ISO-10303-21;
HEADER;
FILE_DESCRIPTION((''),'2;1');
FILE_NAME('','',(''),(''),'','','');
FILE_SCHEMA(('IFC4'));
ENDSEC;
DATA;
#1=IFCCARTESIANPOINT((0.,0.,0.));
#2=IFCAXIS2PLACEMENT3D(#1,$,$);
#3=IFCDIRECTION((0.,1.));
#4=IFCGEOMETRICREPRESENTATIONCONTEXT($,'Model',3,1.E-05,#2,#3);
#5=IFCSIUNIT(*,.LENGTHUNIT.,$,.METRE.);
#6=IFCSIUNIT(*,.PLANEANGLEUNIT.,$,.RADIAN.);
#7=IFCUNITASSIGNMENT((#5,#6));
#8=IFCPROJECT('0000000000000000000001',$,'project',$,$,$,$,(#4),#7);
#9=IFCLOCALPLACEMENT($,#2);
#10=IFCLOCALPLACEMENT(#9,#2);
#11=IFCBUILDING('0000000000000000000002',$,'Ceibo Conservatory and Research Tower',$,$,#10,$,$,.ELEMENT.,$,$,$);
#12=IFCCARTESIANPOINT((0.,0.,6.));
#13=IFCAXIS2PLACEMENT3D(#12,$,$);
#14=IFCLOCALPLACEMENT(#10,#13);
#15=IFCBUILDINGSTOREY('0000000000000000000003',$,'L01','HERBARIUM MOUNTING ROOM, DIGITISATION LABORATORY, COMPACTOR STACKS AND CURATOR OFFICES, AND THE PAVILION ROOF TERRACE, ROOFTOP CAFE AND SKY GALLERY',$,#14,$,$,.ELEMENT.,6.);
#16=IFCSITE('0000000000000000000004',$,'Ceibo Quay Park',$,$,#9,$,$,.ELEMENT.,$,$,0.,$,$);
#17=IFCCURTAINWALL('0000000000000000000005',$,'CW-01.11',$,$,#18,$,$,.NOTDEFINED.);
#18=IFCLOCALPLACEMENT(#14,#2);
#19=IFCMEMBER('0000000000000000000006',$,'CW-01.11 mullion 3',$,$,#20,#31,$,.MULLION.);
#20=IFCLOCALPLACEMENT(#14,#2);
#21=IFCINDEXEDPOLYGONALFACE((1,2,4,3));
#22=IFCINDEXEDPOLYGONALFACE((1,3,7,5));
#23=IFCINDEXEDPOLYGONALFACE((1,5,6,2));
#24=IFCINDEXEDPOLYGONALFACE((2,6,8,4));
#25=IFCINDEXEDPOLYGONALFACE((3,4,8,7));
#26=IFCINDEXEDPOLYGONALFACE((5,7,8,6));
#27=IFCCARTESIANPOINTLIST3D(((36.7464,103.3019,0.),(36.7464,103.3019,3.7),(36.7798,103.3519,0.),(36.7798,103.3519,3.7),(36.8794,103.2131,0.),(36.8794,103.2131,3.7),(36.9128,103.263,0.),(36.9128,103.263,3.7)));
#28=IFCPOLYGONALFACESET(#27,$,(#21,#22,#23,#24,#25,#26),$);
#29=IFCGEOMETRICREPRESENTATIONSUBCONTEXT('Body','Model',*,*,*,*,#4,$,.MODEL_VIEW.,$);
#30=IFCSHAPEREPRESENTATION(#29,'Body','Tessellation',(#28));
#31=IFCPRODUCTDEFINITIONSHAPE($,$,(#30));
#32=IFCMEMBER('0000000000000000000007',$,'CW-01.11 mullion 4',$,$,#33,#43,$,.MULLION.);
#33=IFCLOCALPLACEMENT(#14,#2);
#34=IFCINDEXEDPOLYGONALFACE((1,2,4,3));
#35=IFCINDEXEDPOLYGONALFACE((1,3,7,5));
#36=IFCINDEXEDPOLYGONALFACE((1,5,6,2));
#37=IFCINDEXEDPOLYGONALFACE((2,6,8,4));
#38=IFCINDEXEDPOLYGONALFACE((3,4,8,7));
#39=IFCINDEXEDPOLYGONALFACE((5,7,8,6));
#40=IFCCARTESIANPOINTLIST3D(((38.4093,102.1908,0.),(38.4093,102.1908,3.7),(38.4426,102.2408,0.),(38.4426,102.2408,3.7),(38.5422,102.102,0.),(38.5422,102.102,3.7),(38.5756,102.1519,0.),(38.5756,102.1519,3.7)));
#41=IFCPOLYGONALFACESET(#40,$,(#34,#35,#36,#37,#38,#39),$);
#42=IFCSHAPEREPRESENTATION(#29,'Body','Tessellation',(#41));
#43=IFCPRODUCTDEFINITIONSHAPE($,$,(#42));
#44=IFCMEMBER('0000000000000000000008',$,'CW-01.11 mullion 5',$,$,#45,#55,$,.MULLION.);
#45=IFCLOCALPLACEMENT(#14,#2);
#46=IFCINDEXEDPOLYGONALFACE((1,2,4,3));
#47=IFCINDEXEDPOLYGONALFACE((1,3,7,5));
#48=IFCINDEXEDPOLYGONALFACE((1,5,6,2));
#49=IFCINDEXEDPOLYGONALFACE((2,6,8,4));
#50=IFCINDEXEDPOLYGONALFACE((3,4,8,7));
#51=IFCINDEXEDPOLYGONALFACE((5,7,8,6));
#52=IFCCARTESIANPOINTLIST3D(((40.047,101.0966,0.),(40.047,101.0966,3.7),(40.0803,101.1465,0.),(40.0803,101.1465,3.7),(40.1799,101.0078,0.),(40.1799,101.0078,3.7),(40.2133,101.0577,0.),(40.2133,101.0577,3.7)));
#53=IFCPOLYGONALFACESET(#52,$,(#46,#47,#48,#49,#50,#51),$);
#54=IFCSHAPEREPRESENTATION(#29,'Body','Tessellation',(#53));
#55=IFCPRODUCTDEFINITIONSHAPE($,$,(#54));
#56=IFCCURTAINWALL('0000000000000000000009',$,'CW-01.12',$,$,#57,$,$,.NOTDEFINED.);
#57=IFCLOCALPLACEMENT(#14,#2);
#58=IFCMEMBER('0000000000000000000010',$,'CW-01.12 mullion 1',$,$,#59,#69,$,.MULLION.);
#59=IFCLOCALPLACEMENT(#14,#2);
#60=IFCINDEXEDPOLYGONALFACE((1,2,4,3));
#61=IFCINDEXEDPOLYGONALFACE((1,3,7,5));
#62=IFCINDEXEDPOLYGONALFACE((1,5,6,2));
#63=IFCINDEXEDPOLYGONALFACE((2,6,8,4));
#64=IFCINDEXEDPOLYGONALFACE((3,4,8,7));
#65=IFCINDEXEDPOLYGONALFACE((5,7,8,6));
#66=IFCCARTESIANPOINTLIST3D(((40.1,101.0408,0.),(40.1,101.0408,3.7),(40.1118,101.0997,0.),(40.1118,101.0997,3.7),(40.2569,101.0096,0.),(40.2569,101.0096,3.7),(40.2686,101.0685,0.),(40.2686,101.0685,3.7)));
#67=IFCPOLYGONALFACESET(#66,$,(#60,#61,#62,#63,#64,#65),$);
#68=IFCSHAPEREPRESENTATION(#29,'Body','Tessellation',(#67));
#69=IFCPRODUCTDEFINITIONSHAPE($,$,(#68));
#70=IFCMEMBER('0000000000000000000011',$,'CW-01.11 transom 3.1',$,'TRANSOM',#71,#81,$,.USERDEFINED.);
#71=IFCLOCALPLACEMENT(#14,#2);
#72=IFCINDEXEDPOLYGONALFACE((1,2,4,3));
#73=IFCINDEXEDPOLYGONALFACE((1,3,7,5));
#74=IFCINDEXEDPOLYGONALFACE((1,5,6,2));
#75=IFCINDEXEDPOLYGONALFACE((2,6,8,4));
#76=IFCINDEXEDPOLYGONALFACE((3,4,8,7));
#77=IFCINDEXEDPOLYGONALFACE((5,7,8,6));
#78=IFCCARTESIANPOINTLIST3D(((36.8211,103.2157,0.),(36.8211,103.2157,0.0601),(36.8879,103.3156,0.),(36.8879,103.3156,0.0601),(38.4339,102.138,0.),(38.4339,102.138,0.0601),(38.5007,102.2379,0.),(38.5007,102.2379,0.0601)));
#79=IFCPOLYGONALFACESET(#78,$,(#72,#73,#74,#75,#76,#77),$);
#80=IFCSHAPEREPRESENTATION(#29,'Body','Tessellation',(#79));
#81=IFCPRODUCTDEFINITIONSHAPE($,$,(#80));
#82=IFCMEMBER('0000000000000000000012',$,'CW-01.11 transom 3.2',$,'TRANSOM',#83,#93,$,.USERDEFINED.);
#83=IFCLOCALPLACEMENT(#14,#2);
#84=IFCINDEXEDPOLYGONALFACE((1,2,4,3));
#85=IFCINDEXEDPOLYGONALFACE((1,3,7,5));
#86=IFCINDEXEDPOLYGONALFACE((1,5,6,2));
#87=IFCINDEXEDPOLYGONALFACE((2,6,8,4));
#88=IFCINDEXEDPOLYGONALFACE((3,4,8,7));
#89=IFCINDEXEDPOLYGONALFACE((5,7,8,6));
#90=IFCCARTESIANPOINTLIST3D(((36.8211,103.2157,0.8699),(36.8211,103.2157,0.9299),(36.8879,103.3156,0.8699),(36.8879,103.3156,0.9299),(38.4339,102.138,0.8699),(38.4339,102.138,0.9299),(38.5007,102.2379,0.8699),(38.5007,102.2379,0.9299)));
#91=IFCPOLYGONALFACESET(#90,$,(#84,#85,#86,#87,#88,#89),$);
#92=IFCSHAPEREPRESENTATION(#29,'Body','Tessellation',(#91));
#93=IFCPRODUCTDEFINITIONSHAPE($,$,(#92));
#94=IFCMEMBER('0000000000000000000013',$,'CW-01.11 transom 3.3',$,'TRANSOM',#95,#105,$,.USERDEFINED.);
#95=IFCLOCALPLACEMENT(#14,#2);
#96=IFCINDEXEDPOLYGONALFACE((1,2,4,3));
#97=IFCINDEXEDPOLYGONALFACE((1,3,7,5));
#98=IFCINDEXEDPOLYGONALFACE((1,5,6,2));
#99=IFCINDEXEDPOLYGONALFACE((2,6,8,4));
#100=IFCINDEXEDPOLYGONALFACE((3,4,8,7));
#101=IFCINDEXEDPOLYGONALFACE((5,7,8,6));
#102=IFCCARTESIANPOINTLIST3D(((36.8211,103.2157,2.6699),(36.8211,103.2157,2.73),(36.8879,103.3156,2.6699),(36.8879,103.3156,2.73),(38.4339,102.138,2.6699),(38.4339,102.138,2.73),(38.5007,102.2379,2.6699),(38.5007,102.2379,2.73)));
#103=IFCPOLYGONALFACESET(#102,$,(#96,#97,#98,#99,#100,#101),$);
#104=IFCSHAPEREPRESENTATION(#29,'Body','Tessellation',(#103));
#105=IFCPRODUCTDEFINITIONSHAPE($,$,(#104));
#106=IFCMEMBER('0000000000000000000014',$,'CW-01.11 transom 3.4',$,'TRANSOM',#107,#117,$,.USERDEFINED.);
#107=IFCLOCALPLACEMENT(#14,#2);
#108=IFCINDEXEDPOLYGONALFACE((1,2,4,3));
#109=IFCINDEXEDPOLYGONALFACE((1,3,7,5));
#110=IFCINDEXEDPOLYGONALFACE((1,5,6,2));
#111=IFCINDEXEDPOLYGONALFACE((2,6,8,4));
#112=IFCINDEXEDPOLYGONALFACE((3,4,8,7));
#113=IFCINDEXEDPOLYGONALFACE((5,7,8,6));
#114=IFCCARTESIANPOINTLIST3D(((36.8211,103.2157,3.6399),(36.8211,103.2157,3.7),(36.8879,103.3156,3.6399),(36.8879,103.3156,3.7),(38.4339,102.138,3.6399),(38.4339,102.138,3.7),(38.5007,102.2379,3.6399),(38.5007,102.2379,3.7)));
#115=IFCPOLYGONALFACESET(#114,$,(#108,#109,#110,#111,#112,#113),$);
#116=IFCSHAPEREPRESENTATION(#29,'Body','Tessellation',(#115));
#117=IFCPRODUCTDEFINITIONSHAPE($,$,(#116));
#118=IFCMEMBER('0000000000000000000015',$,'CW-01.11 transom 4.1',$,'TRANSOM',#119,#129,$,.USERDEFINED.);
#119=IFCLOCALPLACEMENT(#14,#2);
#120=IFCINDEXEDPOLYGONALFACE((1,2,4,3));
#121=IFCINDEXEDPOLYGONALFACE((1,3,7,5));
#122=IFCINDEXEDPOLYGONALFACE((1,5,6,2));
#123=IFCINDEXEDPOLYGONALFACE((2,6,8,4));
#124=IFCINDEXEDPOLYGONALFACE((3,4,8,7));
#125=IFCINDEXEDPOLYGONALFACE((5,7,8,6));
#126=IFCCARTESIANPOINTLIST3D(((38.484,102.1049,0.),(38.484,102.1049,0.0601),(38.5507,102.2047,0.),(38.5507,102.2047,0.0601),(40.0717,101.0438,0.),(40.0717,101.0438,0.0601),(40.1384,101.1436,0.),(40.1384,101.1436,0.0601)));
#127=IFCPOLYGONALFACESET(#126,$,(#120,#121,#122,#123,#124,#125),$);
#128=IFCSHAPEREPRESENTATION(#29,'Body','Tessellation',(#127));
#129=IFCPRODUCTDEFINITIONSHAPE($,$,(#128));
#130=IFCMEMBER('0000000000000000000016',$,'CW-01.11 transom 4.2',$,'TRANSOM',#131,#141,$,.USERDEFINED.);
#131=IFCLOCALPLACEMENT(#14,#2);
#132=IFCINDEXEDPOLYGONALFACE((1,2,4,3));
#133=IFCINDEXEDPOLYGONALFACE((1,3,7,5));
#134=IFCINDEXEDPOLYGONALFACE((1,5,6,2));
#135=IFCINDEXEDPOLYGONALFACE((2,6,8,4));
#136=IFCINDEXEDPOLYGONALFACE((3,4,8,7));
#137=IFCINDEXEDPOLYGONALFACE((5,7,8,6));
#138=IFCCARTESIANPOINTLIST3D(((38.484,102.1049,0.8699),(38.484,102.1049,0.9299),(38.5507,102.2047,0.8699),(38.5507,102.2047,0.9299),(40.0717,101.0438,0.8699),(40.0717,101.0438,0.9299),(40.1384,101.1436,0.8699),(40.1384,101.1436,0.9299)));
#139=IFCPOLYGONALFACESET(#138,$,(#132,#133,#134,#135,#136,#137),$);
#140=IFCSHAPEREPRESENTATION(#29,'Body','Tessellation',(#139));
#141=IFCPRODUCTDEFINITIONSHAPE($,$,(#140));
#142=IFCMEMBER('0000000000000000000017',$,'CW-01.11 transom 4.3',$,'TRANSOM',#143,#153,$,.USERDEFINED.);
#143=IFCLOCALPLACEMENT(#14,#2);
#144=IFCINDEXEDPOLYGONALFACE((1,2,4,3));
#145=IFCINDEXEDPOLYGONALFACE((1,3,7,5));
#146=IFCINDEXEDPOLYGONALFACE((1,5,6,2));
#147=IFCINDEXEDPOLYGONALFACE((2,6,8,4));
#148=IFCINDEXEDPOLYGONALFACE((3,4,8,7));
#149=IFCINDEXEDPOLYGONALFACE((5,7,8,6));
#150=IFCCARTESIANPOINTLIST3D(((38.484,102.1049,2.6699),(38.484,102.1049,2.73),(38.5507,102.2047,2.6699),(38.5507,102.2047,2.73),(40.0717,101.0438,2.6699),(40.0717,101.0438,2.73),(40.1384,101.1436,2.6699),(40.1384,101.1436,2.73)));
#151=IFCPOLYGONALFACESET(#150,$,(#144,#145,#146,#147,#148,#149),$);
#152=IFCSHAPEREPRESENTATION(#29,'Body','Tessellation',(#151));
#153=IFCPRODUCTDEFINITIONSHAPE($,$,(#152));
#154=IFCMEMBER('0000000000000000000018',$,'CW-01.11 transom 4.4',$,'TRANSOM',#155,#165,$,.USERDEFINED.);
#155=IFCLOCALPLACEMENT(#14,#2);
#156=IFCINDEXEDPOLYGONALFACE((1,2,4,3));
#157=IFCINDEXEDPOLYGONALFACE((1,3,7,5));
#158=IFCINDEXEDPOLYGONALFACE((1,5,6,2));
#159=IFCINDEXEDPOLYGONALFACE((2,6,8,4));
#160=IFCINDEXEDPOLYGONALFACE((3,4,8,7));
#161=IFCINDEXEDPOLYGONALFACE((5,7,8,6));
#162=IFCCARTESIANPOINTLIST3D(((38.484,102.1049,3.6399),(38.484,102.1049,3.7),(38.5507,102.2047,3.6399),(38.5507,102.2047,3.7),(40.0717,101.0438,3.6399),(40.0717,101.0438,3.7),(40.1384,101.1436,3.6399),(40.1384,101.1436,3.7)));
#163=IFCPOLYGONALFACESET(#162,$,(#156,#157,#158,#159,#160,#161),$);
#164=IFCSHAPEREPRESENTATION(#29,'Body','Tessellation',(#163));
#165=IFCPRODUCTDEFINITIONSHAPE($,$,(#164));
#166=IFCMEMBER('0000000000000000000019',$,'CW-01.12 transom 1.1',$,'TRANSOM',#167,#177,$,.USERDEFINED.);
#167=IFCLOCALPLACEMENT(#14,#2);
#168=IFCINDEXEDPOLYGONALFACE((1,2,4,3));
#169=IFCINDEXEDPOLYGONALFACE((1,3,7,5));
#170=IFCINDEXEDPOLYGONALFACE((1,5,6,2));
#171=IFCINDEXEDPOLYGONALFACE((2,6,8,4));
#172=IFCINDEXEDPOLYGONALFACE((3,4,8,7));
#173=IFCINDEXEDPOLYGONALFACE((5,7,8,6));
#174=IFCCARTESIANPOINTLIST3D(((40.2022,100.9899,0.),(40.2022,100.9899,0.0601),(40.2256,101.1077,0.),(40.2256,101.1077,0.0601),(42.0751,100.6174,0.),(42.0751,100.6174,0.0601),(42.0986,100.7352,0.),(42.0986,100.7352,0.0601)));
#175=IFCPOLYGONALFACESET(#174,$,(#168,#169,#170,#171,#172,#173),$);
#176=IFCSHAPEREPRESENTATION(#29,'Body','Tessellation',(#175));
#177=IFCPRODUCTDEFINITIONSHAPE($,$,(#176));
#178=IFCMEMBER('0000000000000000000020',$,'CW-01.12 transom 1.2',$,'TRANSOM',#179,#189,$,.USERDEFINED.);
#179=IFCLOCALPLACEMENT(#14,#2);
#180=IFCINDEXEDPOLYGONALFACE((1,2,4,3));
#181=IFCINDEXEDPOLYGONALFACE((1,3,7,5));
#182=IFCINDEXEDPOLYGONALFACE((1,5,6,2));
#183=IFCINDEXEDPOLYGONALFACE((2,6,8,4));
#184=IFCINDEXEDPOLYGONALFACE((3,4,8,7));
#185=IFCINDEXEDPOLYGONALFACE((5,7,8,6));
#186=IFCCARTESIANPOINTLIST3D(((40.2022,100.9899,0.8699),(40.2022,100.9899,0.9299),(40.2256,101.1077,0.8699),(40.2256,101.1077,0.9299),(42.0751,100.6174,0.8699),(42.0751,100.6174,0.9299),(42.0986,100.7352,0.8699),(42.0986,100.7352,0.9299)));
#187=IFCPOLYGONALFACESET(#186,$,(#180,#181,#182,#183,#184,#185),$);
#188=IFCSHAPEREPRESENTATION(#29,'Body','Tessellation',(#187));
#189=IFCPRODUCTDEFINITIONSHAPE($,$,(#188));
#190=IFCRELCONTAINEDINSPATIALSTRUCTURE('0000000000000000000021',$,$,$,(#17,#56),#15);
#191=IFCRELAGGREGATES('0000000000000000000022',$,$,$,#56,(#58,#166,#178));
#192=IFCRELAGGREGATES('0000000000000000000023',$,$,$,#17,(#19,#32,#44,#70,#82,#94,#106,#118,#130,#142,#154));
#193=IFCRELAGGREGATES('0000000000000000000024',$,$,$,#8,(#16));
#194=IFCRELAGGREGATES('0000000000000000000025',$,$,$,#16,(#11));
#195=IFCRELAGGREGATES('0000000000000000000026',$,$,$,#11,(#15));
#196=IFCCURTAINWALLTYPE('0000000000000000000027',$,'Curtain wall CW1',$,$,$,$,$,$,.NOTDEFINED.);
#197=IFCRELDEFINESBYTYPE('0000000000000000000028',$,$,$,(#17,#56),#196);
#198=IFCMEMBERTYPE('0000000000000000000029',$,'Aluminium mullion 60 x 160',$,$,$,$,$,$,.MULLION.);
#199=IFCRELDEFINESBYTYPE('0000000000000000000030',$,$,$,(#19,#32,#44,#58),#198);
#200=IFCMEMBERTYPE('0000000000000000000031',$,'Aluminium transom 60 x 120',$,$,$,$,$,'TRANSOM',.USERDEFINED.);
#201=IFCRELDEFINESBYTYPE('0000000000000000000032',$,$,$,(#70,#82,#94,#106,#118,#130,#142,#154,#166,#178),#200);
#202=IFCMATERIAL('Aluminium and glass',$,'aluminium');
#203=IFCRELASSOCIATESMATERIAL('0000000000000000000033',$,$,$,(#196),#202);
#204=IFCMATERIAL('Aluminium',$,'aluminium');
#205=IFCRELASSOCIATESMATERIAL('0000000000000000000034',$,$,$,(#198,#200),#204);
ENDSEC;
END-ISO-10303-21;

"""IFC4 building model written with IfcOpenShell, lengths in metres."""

from ifc_helpers import new_model, si_unit, direction, frame, origin, origin_2d, place, context, subcontext, project, spatial, rectangle, extrude, material, material_profile, profile_set, type_object, element, aggregate, save


model = new_model("IFC4")

# Units and contexts
model_context = context("Model", 3, precision=1e-05, world=origin(), true_north=direction((0.0, 1.0)))
body_context = subcontext(model_context, "Body", "Model", "MODEL_VIEW")
ifc_project = project(units=[si_unit("LENGTHUNIT", "METRE"), si_unit("PLANEANGLEUNIT", "RADIAN")], contexts=[model_context])

# Site, building, storey
site_placement = place(None, origin())
site = spatial("IfcSite", under=ifc_project, at=site_placement, Name="Ceibo Quay Park", CompositionType="ELEMENT", RefElevation=0.0)
building_placement = place(site_placement, origin())
building = spatial("IfcBuilding", under=site, at=building_placement, Name="Ceibo Conservatory and Research Tower", CompositionType="ELEMENT")
storey_placement = place(building_placement, frame((0.0, 0.0, 6.0)))
storey = spatial("IfcBuildingStorey", under=building, at=storey_placement, Name="L01", Description="HERBARIUM MOUNTING ROOM, DIGITISATION LABORATORY, COMPACTOR STACKS AND CURATOR OFFICES, AND THE PAVILION ROOF TERRACE, ROOFTOP CAFE AND SKY GALLERY", CompositionType="ELEMENT", Elevation=6.0)

# Curtain wall, members
ifc_material_1 = material(Name="Aluminium and glass", Category="aluminium")
curtain_wall_type = type_object("IfcCurtainWallType", Name="Curtain wall CW1", PredefinedType="NOTDEFINED", material=ifc_material_1)
curtain_wall_1_placement = place(storey_placement, origin())
curtain_wall_1 = element("IfcCurtainWall", 1, at=curtain_wall_1_placement, inside=storey, type_object=curtain_wall_type, Name="CW-01.11", PredefinedType="NOTDEFINED")
ifc_material_2 = material(Name="Aluminium", Category="aluminium")
ifc_material_profile_1 = material_profile(ifc_material_2, rectangle(XDim=0.0601, YDim=0.1599, at=origin_2d()), Name="Aluminium 60 x 160")
ifc_profile_set_1 = profile_set([ifc_material_profile_1], Name="Aluminium")
member_type_1 = type_object("IfcMemberType", Name="Aluminium mullion 60 x 160", PredefinedType="MULLION", material=ifc_profile_set_1)
member_1_placement = place(storey_placement, frame((36.8296, 103.2825, 0.0), z_axis=(0.0, 0.0, 1.0), x_axis=(0.55557, 0.83147, 0.0)))
member_1 = element("IfcMember", 2, at=member_1_placement, type_object=member_type_1, Name="CW-01.11 mullion 3", PredefinedType="MULLION", context=body_context, shape_type="SweptSolid", body=[
    extrude(rectangle(XDim=0.0601, YDim=0.1599, at=origin_2d()), origin(), (0.0, 0.0, 1.0), 3.7),
])
member_2_placement = place(storey_placement, frame((38.4924, 102.1714, 0.0), z_axis=(0.0, 0.0, 1.0), x_axis=(0.55557, 0.83147, 0.0)))
member_2 = element("IfcMember", 3, at=member_2_placement, type_object=member_type_1, Name="CW-01.11 mullion 4", PredefinedType="MULLION", context=body_context, shape_type="SweptSolid", body=[
    extrude(rectangle(XDim=0.0601, YDim=0.1599, at=origin_2d()), origin(), (0.0, 0.0, 1.0), 3.7),
])
member_3_placement = place(storey_placement, frame((40.1301, 101.0771, 0.0), z_axis=(0.0, 0.0, 1.0), x_axis=(0.55557, 0.83147, 0.0)))
member_3 = element("IfcMember", 4, at=member_3_placement, type_object=member_type_1, Name="CW-01.11 mullion 5", PredefinedType="MULLION", context=body_context, shape_type="SweptSolid", body=[
    extrude(rectangle(XDim=0.0601, YDim=0.1599, at=origin_2d()), origin(), (0.0, 0.0, 1.0), 3.7),
])

# Curtain wall, member
curtain_wall_2_placement = place(storey_placement, origin())
curtain_wall_2 = element("IfcCurtainWall", 5, at=curtain_wall_2_placement, inside=storey, type_object=curtain_wall_type, Name="CW-01.12", PredefinedType="NOTDEFINED")
member_4_placement = place(storey_placement, frame((40.1843, 101.0547, 0.0), z_axis=(0.0, 0.0, 1.0), x_axis=(0.19509, 0.980785, 0.0)))
member_4 = element("IfcMember", 6, at=member_4_placement, type_object=member_type_1, Name="CW-01.12 mullion 1", PredefinedType="MULLION", context=body_context, shape_type="SweptSolid", body=[
    extrude(rectangle(XDim=0.0601, YDim=0.1599, at=origin_2d()), origin(), (0.0, 0.0, 1.0), 3.7),
])

# Members
ifc_material_profile_2 = material_profile(ifc_material_2, rectangle(XDim=0.1201, YDim=0.0601, at=origin_2d()), Name="Aluminium 60 x 120")
ifc_profile_set_2 = profile_set([ifc_material_profile_2], Name="Aluminium")
member_type_2 = type_object("IfcMemberType", Name="Aluminium transom 60 x 120", ElementType="TRANSOM", PredefinedType="USERDEFINED", material=ifc_profile_set_2)
member_5_placement = place(storey_placement, frame((36.8545, 103.2656, 0.03), z_axis=(0.831469, -0.555571, 0.0), x_axis=(0.555571, 0.831469, 0.0)))
member_5 = element("IfcMember", 7, at=member_5_placement, type_object=member_type_2, Name="CW-01.11 transom 3.1", ObjectType="TRANSOM", PredefinedType="USERDEFINED", context=body_context, shape_type="SweptSolid", body=[
    extrude(rectangle(XDim=0.1201, YDim=0.0601, at=origin_2d()), origin(), (0.0, 0.0, 1.0), 1.9397),
])
member_6_placement = place(storey_placement, frame((36.8545, 103.2656, 0.8999), z_axis=(0.831469, -0.555571, 0.0), x_axis=(0.555571, 0.831469, 0.0)))
member_6 = element("IfcMember", 8, at=member_6_placement, type_object=member_type_2, Name="CW-01.11 transom 3.2", ObjectType="TRANSOM", PredefinedType="USERDEFINED", context=body_context, shape_type="SweptSolid", body=[
    extrude(rectangle(XDim=0.1201, YDim=0.0601, at=origin_2d()), origin(), (0.0, 0.0, 1.0), 1.9397),
])
member_7_placement = place(storey_placement, frame((36.8545, 103.2656, 2.7), z_axis=(0.831469, -0.555571, 0.0), x_axis=(0.555571, 0.831469, 0.0)))
member_7 = element("IfcMember", 9, at=member_7_placement, type_object=member_type_2, Name="CW-01.11 transom 3.3", ObjectType="TRANSOM", PredefinedType="USERDEFINED", context=body_context, shape_type="SweptSolid", body=[
    extrude(rectangle(XDim=0.1201, YDim=0.0601, at=origin_2d()), origin(), (0.0, 0.0, 1.0), 1.9397),
])
member_8_placement = place(storey_placement, frame((36.8545, 103.2656, 3.6699), z_axis=(0.831469, -0.555571, 0.0), x_axis=(0.555571, 0.831469, 0.0)))
member_8 = element("IfcMember", 10, at=member_8_placement, type_object=member_type_2, Name="CW-01.11 transom 3.4", ObjectType="TRANSOM", PredefinedType="USERDEFINED", context=body_context, shape_type="SweptSolid", body=[
    extrude(rectangle(XDim=0.1201, YDim=0.0601, at=origin_2d()), origin(), (0.0, 0.0, 1.0), 1.9397),
])
member_9_placement = place(storey_placement, frame((38.5173, 102.1548, 0.03), z_axis=(0.83142, -0.555644, 0.0), x_axis=(0.555644, 0.83142, 0.0)))
member_9 = element("IfcMember", 11, at=member_9_placement, type_object=member_type_2, Name="CW-01.11 transom 4.1", ObjectType="TRANSOM", PredefinedType="USERDEFINED", context=body_context, shape_type="SweptSolid", body=[
    extrude(rectangle(XDim=0.1201, YDim=0.0601, at=origin_2d()), origin(), (0.0, 0.0, 1.0), 1.9097),
])
member_10_placement = place(storey_placement, frame((38.5173, 102.1548, 0.8999), z_axis=(0.83142, -0.555644, 0.0), x_axis=(0.555644, 0.83142, 0.0)))
member_10 = element("IfcMember", 12, at=member_10_placement, type_object=member_type_2, Name="CW-01.11 transom 4.2", ObjectType="TRANSOM", PredefinedType="USERDEFINED", context=body_context, shape_type="SweptSolid", body=[
    extrude(rectangle(XDim=0.1201, YDim=0.0601, at=origin_2d()), origin(), (0.0, 0.0, 1.0), 1.9097),
])
member_11_placement = place(storey_placement, frame((38.5173, 102.1548, 2.7), z_axis=(0.83142, -0.555644, 0.0), x_axis=(0.555644, 0.83142, 0.0)))
member_11 = element("IfcMember", 13, at=member_11_placement, type_object=member_type_2, Name="CW-01.11 transom 4.3", ObjectType="TRANSOM", PredefinedType="USERDEFINED", context=body_context, shape_type="SweptSolid", body=[
    extrude(rectangle(XDim=0.1201, YDim=0.0601, at=origin_2d()), origin(), (0.0, 0.0, 1.0), 1.9097),
])
member_12_placement = place(storey_placement, frame((38.5173, 102.1548, 3.6699), z_axis=(0.83142, -0.555644, 0.0), x_axis=(0.555644, 0.83142, 0.0)))
member_12 = element("IfcMember", 14, at=member_12_placement, type_object=member_type_2, Name="CW-01.11 transom 4.4", ObjectType="TRANSOM", PredefinedType="USERDEFINED", context=body_context, shape_type="SweptSolid", body=[
    extrude(rectangle(XDim=0.1201, YDim=0.0601, at=origin_2d()), origin(), (0.0, 0.0, 1.0), 1.9097),
])
member_13_placement = place(storey_placement, frame((40.2139, 101.0488, 0.03), z_axis=(0.980787, -0.195083, 0.0), x_axis=(0.195083, 0.980787, 0.0)))
member_13 = element("IfcMember", 15, at=member_13_placement, type_object=member_type_2, Name="CW-01.12 transom 1.1", ObjectType="TRANSOM", PredefinedType="USERDEFINED", context=body_context, shape_type="SweptSolid", body=[
    extrude(rectangle(XDim=0.1201, YDim=0.0601, at=origin_2d()), origin(), (0.0, 0.0, 1.0), 1.9097),
])
member_14_placement = place(storey_placement, frame((40.2139, 101.0488, 0.8999), z_axis=(0.980787, -0.195083, 0.0), x_axis=(0.195083, 0.980787, 0.0)))
member_14 = element("IfcMember", 16, at=member_14_placement, type_object=member_type_2, Name="CW-01.12 transom 1.2", ObjectType="TRANSOM", PredefinedType="USERDEFINED", context=body_context, shape_type="SweptSolid", body=[
    extrude(rectangle(XDim=0.1201, YDim=0.0601, at=origin_2d()), origin(), (0.0, 0.0, 1.0), 1.9097),
])
aggregate(curtain_wall_2, [member_4, member_13, member_14])

aggregate(curtain_wall_1, [member_1, member_2, member_3, member_5, member_6, member_7, member_8, member_9, member_10, member_11, member_12])

save(model, "model.ifc")
